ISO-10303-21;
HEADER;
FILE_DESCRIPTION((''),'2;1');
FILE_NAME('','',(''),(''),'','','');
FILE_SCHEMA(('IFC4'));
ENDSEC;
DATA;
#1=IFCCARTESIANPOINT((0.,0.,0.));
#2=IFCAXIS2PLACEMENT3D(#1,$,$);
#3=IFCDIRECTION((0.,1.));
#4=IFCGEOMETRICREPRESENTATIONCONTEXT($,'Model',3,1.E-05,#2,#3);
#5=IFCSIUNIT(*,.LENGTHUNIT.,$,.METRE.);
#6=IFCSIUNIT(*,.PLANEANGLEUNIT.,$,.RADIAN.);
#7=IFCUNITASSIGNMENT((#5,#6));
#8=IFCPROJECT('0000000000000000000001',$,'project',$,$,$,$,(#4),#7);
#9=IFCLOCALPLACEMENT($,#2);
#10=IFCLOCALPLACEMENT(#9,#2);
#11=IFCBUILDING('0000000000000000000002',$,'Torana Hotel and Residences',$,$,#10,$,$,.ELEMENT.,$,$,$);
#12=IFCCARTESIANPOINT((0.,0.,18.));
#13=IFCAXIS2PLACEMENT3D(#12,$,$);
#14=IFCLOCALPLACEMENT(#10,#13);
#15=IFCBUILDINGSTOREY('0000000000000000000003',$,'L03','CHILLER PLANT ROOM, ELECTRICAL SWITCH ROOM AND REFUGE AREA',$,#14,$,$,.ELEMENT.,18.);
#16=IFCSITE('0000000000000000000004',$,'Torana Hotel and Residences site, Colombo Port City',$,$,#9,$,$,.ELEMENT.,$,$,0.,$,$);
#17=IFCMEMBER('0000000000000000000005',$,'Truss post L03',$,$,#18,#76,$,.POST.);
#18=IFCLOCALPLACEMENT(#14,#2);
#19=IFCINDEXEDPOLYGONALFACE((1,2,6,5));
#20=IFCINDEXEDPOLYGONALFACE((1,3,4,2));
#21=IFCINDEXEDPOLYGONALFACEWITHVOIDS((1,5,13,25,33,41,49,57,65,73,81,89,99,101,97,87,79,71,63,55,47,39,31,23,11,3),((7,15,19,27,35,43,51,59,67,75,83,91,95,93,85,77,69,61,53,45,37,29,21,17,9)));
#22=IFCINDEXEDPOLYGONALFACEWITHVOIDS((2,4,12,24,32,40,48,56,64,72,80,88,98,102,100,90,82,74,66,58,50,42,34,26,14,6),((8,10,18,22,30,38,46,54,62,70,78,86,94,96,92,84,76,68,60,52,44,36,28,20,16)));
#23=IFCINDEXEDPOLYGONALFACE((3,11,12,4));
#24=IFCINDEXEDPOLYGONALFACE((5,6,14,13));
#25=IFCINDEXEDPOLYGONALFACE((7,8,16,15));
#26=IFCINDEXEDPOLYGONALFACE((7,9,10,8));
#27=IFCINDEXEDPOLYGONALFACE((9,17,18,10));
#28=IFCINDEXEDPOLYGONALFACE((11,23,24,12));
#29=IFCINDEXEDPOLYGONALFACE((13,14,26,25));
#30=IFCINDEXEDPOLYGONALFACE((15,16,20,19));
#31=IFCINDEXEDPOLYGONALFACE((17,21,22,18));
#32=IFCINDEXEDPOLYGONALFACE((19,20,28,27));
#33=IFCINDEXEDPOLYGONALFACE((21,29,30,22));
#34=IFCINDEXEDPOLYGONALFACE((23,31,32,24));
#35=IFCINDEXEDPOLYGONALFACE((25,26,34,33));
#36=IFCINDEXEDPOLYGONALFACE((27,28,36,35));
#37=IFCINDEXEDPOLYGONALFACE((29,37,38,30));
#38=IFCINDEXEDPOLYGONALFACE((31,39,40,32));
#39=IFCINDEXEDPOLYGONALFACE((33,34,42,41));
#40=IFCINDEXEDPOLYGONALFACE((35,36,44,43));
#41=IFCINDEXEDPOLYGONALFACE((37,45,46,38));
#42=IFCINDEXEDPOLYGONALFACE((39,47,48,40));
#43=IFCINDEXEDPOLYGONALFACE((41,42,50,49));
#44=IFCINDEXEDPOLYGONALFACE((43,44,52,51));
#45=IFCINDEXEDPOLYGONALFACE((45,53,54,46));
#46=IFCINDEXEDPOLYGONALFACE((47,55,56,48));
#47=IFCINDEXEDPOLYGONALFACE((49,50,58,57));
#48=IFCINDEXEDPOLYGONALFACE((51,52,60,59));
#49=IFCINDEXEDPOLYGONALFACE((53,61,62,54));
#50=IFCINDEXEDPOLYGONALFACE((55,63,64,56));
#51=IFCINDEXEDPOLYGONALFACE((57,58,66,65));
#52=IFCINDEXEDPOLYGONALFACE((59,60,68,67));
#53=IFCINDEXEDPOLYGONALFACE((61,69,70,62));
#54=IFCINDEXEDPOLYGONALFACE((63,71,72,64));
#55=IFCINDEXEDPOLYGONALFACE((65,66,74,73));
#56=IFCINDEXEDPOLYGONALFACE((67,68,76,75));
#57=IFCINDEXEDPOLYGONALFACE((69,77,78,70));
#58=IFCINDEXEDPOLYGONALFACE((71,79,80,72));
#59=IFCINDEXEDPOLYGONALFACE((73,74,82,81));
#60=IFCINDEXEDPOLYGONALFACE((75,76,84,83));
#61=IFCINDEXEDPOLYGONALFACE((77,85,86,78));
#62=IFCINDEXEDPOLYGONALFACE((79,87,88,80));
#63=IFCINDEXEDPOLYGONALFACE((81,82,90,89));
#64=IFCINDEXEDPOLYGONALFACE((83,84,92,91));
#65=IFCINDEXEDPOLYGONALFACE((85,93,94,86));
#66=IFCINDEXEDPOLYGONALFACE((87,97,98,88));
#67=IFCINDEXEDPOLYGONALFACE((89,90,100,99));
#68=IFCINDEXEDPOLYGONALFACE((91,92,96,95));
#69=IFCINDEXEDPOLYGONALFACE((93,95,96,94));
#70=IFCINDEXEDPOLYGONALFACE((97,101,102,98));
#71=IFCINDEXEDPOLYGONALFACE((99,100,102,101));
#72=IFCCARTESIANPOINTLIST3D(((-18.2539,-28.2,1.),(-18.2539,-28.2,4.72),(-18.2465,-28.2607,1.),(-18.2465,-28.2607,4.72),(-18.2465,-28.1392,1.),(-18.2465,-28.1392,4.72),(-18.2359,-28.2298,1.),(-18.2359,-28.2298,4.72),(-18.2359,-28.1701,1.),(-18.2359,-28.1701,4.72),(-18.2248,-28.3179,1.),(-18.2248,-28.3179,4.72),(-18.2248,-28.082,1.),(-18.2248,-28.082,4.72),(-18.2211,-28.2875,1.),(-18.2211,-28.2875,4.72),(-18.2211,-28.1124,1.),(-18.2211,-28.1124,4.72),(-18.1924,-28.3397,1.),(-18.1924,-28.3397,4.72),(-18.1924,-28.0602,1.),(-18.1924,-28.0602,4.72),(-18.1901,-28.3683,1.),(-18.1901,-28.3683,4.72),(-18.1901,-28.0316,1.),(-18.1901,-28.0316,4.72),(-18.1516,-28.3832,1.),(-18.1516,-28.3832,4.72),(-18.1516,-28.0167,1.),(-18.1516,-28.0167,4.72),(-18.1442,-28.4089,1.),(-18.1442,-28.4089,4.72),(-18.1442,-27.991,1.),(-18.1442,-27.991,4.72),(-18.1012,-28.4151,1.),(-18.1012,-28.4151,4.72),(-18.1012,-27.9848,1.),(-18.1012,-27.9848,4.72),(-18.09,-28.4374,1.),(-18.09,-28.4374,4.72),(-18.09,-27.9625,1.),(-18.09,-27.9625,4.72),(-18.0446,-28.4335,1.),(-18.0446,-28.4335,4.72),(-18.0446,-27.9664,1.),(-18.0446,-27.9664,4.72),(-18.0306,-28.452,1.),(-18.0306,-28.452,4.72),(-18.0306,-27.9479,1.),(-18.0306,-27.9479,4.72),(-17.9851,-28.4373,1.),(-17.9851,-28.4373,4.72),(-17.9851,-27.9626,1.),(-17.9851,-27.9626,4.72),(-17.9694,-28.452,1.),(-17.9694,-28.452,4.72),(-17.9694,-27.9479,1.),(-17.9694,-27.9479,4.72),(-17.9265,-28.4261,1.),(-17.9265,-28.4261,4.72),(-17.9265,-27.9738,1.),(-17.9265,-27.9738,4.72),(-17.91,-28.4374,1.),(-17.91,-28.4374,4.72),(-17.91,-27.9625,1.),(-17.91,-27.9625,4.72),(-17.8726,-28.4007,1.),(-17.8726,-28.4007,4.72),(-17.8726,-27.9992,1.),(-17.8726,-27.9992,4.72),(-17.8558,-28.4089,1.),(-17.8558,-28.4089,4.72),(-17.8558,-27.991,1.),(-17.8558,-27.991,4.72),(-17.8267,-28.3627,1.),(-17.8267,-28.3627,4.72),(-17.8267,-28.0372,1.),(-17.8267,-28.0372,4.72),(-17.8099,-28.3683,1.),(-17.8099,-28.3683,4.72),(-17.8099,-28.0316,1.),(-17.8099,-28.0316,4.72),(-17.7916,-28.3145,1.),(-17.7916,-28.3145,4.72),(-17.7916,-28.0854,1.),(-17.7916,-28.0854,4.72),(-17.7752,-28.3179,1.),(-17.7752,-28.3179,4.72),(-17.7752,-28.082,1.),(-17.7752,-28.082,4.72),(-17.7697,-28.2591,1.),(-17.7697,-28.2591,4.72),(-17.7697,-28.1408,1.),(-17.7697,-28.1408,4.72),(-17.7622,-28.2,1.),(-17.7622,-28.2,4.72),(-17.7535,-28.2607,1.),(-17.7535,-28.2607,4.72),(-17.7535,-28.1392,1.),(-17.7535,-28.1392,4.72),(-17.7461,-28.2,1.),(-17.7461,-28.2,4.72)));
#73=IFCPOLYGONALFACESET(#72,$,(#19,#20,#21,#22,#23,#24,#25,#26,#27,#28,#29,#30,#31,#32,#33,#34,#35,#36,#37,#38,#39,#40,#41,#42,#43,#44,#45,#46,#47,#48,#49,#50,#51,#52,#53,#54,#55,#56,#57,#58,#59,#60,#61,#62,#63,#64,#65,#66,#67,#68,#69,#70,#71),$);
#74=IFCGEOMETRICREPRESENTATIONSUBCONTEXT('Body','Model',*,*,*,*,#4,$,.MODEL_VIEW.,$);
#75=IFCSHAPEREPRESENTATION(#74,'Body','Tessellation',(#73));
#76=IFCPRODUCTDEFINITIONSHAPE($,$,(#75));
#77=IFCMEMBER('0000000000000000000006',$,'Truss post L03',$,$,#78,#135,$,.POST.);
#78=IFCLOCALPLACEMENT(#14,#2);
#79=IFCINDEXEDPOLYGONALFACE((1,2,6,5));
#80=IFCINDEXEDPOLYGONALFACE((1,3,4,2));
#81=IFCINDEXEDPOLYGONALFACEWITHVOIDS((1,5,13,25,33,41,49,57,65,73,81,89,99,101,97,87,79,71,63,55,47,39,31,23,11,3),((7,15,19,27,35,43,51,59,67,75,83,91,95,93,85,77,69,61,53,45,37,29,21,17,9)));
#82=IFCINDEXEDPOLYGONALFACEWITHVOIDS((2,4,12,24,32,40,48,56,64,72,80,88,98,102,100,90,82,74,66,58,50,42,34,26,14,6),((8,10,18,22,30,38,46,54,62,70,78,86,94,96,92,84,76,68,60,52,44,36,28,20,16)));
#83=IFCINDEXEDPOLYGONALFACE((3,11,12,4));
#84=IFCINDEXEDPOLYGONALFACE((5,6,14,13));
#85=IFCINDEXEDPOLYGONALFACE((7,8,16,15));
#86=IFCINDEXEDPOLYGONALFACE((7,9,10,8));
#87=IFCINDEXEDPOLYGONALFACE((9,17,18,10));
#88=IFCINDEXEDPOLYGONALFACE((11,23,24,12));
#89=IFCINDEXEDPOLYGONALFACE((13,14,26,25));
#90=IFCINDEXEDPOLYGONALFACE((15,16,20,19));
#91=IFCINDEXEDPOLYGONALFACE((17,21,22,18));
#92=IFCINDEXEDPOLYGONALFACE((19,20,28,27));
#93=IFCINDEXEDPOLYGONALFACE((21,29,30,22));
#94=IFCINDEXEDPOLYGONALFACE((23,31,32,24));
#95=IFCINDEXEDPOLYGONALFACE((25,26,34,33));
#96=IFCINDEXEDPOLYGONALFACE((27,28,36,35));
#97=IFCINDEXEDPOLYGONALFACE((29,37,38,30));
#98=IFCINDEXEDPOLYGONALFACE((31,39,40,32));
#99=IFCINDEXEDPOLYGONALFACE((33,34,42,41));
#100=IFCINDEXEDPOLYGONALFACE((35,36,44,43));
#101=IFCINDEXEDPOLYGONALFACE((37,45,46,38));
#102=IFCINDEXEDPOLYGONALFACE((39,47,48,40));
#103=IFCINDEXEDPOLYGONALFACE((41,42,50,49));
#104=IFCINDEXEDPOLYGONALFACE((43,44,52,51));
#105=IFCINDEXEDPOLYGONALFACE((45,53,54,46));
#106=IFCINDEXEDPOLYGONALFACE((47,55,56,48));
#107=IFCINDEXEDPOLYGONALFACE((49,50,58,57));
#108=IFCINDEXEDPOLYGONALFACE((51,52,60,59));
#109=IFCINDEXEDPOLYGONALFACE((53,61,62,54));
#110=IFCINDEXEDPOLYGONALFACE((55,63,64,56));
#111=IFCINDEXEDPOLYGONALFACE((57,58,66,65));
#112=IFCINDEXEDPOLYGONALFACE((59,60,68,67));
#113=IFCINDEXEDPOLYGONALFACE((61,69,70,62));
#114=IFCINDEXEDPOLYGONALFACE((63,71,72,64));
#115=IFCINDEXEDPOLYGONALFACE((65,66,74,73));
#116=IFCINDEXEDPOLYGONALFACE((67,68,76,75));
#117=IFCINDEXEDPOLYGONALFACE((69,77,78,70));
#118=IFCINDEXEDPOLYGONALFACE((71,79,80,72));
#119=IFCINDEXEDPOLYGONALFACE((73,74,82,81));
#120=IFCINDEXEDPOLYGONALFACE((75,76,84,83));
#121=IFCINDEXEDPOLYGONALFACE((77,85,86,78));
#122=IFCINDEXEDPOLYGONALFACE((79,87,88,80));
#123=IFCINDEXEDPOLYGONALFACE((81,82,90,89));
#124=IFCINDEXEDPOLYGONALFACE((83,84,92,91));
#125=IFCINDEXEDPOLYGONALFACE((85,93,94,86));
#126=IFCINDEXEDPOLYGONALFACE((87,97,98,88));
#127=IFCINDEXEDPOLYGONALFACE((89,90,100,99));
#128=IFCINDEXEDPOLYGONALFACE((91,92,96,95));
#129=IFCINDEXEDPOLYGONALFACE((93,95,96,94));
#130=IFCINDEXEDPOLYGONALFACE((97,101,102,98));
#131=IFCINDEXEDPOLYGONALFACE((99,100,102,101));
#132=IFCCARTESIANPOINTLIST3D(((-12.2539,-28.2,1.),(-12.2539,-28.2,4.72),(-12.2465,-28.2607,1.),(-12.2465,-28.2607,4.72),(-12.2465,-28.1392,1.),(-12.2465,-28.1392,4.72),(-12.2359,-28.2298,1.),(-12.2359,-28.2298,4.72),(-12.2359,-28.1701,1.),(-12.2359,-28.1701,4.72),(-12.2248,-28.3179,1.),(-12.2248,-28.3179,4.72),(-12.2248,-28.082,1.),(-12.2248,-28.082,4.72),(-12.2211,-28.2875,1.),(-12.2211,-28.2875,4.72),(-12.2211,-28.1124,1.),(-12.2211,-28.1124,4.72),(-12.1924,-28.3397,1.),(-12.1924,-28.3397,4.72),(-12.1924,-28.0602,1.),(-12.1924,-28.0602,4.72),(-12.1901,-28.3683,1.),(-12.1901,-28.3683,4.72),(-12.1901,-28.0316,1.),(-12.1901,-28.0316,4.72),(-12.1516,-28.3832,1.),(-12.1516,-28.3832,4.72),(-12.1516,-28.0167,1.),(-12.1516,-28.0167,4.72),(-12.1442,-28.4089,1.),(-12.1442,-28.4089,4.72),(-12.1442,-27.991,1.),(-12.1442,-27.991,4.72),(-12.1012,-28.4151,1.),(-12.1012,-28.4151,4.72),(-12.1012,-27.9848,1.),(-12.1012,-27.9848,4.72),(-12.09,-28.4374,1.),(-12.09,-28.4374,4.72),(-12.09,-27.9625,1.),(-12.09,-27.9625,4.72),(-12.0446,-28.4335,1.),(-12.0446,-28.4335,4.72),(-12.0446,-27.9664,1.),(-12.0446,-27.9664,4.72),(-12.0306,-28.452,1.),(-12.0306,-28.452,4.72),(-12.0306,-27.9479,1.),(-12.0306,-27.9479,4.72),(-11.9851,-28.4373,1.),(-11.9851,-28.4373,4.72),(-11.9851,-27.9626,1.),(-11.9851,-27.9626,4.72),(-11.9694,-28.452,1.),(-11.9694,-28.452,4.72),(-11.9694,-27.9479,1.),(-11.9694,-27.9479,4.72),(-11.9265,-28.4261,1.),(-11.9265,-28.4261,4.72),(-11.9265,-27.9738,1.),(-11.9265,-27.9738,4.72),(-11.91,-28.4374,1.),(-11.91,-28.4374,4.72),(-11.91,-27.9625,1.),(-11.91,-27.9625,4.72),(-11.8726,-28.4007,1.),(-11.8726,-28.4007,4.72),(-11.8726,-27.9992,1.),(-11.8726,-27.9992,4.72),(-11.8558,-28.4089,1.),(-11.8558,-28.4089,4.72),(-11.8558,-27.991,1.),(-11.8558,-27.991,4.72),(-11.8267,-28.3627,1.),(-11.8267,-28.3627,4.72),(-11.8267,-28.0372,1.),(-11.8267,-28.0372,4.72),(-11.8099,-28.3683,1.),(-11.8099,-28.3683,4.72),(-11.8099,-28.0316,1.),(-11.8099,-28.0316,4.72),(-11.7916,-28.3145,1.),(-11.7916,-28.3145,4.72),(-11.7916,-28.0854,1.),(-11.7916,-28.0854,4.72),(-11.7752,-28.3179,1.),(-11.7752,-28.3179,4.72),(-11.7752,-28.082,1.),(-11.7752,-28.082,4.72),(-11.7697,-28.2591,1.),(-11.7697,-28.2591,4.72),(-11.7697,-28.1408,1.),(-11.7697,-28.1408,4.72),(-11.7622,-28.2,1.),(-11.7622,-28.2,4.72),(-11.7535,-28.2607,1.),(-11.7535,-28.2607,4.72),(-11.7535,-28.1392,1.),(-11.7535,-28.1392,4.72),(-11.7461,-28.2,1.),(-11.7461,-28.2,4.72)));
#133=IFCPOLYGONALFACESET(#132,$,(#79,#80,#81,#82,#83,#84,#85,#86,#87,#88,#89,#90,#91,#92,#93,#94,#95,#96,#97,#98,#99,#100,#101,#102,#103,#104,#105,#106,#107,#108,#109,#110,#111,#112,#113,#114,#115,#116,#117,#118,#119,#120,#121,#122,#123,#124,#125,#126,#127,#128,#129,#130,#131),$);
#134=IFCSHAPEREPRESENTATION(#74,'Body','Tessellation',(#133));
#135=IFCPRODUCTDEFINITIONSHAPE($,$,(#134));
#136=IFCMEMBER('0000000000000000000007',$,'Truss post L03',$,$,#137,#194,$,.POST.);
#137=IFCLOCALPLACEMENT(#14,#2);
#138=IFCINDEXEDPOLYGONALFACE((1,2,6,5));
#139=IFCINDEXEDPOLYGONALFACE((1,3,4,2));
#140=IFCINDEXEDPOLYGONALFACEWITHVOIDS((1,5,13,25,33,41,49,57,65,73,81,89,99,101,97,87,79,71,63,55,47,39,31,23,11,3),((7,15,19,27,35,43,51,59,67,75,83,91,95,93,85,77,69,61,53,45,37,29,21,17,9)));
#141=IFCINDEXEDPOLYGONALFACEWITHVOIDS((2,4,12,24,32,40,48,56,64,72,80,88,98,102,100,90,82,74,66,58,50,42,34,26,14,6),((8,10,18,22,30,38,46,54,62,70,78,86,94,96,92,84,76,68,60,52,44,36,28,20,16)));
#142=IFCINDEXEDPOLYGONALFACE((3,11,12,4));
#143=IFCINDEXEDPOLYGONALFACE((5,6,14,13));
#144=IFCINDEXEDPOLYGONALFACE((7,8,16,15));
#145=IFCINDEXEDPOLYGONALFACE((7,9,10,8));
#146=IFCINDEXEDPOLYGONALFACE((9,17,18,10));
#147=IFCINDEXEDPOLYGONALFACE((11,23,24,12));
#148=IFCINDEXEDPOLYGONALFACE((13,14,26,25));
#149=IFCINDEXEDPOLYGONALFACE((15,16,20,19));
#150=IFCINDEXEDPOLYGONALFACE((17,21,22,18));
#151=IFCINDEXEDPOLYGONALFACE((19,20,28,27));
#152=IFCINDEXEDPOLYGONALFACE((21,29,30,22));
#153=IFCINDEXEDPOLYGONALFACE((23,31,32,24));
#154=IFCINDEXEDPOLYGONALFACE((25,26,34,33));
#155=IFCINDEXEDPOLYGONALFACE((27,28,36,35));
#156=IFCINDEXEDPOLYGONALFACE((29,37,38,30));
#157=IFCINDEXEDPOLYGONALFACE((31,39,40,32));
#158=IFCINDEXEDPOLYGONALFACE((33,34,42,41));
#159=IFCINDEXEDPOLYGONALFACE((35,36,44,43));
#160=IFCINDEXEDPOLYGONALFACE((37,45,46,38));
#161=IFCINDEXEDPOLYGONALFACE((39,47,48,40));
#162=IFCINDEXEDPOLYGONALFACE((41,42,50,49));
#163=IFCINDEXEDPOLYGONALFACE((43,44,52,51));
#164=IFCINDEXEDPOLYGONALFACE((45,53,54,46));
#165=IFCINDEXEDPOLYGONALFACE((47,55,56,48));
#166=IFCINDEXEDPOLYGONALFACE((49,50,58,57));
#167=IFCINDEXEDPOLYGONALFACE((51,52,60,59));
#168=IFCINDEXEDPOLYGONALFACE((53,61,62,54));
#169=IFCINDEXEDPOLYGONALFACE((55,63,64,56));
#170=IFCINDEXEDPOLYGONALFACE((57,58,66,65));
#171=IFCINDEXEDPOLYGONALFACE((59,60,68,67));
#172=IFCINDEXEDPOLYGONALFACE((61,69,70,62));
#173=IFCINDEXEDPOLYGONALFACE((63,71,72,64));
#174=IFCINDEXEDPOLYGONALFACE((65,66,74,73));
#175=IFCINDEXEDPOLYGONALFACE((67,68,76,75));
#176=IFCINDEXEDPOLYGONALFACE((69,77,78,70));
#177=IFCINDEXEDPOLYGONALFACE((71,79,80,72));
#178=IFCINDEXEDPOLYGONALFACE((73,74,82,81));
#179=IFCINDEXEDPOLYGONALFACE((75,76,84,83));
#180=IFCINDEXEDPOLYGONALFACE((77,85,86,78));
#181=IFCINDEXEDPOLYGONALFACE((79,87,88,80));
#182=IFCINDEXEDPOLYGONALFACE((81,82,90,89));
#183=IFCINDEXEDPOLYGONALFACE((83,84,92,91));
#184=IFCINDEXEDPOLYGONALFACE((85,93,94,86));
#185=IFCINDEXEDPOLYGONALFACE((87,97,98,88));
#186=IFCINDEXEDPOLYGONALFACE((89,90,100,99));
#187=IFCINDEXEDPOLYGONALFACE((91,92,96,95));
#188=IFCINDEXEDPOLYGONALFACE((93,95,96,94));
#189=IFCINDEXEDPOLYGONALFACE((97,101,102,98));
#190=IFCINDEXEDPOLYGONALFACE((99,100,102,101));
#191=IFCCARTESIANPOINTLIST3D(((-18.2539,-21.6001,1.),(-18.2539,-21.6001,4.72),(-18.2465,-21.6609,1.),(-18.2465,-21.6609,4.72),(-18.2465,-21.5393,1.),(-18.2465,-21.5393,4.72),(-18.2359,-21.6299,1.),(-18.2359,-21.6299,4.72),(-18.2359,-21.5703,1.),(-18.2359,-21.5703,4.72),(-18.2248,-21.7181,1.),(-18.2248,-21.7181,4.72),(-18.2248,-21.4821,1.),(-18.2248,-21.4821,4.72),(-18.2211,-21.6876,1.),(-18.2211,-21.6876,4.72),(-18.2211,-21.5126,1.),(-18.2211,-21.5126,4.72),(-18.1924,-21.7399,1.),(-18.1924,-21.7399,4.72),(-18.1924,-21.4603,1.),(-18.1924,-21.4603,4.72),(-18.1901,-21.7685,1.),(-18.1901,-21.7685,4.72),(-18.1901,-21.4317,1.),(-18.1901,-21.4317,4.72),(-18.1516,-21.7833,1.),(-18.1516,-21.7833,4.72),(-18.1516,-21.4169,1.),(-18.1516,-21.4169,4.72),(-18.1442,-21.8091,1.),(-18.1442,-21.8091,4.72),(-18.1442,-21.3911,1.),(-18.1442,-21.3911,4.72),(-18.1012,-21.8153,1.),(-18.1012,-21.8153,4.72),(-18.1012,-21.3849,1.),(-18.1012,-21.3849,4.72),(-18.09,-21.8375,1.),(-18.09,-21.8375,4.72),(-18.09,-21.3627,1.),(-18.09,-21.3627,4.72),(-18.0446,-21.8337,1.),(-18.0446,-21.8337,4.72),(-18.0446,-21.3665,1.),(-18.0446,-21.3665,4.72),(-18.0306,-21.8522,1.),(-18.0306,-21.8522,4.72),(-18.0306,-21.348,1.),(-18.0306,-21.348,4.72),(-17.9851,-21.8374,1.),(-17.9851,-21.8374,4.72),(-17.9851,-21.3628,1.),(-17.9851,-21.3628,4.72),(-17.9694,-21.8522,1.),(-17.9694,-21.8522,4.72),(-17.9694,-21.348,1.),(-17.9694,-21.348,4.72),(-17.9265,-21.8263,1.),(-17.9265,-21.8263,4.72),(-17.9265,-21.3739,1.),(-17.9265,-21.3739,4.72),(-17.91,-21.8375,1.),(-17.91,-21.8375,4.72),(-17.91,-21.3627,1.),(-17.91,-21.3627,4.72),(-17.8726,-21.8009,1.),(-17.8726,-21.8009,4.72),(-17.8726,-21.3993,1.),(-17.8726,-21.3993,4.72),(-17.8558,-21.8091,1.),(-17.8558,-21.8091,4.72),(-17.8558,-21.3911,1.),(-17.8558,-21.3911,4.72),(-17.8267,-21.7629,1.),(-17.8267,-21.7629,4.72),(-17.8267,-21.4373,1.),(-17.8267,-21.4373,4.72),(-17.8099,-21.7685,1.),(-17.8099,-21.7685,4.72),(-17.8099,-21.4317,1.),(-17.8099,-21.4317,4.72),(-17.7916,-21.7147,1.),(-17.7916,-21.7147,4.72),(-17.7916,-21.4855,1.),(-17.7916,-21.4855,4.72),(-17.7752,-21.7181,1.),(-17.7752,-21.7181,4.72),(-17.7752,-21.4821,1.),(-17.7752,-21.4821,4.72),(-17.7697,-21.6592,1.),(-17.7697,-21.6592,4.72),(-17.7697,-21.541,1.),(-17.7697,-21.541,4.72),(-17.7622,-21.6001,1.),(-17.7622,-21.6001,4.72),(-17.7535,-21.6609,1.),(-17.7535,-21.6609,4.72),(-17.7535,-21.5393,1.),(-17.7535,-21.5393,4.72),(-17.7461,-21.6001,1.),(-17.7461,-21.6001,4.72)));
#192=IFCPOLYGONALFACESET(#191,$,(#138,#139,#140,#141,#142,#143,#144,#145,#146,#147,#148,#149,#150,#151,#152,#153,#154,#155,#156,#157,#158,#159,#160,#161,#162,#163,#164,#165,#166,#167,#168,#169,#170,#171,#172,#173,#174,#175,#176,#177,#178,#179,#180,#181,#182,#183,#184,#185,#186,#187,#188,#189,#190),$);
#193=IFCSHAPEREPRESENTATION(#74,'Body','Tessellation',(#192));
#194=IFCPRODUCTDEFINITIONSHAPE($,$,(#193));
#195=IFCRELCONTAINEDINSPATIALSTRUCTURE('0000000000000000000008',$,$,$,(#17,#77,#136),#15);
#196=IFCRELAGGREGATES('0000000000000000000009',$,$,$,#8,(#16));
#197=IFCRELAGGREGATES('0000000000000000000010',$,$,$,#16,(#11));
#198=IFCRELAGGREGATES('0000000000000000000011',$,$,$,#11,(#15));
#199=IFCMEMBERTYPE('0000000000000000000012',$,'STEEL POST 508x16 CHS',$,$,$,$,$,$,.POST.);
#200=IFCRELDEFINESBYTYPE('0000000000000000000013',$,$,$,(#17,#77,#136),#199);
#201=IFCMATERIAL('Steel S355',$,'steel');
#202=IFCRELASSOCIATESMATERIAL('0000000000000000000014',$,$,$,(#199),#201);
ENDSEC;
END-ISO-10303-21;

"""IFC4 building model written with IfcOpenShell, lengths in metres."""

from ifc_helpers import new_model, si_unit, direction, frame, origin, origin_2d, place, context, subcontext, project, spatial, hollow_circle, extrude, material, material_profile, profile_set, type_object, element, save


model = new_model("IFC4")

# Units and contexts
model_context = context("Model", 3, precision=1e-05, world=origin(), true_north=direction((0.0, 1.0)))
body_context = subcontext(model_context, "Body", "Model", "MODEL_VIEW")
ifc_project = project(units=[si_unit("LENGTHUNIT", "METRE"), si_unit("PLANEANGLEUNIT", "RADIAN")], contexts=[model_context])

# Site, building, storey
site_placement = place(None, origin())
site = spatial("IfcSite", under=ifc_project, at=site_placement, Name="Torana Hotel and Residences site, Colombo Port City", CompositionType="ELEMENT", RefElevation=0.0)
building_placement = place(site_placement, origin())
building = spatial("IfcBuilding", under=site, at=building_placement, Name="Torana Hotel and Residences", CompositionType="ELEMENT")
storey_placement = place(building_placement, frame((0.0, 0.0, 18.0)))
storey = spatial("IfcBuildingStorey", under=building, at=storey_placement, Name="L03", Description="CHILLER PLANT ROOM, ELECTRICAL SWITCH ROOM AND REFUGE AREA", CompositionType="ELEMENT", Elevation=18.0)

# Members
ifc_material_1 = material(Name="Steel S355", Category="steel")
ifc_material_profile_1 = material_profile(ifc_material_1, hollow_circle(Radius=0.2539, WallThickness=0.0161, at=origin_2d()), Name="508x16 CHS")
ifc_profile_set_1 = profile_set([ifc_material_profile_1], Name="Steel S355")
member_type_1 = type_object("IfcMemberType", Name="STEEL POST 508x16 CHS", PredefinedType="POST", material=ifc_profile_set_1)
for number, where, z_axis, x_axis, name in (
    (1, (-18.0, -28.2, 1.0), (0.0, 0.0, 1.0), (1.0, 0.0, 0.0), "Truss post L03"),
    (2, (-12.0, -28.2, 1.0), (0.0, 0.0, 1.0), (1.0, 0.0, 0.0), "Truss post L03"),
    (3, (-18.0, -21.6001, 1.0), (0.0, 0.0, 1.0), (1.0, 0.0, 0.0), "Truss post L03"),
):
    element("IfcMember", number, at=place(storey_placement, frame(where, z_axis=z_axis, x_axis=x_axis)), inside=storey, type_object=member_type_1, Name=name, PredefinedType="POST", context=body_context, shape_type="SweptSolid", body=[
        extrude(hollow_circle(Radius=0.2539, WallThickness=0.0161, at=origin_2d()), origin(), (0.0, 0.0, 1.0), 3.72),
    ])

save(model, "model.ifc")
